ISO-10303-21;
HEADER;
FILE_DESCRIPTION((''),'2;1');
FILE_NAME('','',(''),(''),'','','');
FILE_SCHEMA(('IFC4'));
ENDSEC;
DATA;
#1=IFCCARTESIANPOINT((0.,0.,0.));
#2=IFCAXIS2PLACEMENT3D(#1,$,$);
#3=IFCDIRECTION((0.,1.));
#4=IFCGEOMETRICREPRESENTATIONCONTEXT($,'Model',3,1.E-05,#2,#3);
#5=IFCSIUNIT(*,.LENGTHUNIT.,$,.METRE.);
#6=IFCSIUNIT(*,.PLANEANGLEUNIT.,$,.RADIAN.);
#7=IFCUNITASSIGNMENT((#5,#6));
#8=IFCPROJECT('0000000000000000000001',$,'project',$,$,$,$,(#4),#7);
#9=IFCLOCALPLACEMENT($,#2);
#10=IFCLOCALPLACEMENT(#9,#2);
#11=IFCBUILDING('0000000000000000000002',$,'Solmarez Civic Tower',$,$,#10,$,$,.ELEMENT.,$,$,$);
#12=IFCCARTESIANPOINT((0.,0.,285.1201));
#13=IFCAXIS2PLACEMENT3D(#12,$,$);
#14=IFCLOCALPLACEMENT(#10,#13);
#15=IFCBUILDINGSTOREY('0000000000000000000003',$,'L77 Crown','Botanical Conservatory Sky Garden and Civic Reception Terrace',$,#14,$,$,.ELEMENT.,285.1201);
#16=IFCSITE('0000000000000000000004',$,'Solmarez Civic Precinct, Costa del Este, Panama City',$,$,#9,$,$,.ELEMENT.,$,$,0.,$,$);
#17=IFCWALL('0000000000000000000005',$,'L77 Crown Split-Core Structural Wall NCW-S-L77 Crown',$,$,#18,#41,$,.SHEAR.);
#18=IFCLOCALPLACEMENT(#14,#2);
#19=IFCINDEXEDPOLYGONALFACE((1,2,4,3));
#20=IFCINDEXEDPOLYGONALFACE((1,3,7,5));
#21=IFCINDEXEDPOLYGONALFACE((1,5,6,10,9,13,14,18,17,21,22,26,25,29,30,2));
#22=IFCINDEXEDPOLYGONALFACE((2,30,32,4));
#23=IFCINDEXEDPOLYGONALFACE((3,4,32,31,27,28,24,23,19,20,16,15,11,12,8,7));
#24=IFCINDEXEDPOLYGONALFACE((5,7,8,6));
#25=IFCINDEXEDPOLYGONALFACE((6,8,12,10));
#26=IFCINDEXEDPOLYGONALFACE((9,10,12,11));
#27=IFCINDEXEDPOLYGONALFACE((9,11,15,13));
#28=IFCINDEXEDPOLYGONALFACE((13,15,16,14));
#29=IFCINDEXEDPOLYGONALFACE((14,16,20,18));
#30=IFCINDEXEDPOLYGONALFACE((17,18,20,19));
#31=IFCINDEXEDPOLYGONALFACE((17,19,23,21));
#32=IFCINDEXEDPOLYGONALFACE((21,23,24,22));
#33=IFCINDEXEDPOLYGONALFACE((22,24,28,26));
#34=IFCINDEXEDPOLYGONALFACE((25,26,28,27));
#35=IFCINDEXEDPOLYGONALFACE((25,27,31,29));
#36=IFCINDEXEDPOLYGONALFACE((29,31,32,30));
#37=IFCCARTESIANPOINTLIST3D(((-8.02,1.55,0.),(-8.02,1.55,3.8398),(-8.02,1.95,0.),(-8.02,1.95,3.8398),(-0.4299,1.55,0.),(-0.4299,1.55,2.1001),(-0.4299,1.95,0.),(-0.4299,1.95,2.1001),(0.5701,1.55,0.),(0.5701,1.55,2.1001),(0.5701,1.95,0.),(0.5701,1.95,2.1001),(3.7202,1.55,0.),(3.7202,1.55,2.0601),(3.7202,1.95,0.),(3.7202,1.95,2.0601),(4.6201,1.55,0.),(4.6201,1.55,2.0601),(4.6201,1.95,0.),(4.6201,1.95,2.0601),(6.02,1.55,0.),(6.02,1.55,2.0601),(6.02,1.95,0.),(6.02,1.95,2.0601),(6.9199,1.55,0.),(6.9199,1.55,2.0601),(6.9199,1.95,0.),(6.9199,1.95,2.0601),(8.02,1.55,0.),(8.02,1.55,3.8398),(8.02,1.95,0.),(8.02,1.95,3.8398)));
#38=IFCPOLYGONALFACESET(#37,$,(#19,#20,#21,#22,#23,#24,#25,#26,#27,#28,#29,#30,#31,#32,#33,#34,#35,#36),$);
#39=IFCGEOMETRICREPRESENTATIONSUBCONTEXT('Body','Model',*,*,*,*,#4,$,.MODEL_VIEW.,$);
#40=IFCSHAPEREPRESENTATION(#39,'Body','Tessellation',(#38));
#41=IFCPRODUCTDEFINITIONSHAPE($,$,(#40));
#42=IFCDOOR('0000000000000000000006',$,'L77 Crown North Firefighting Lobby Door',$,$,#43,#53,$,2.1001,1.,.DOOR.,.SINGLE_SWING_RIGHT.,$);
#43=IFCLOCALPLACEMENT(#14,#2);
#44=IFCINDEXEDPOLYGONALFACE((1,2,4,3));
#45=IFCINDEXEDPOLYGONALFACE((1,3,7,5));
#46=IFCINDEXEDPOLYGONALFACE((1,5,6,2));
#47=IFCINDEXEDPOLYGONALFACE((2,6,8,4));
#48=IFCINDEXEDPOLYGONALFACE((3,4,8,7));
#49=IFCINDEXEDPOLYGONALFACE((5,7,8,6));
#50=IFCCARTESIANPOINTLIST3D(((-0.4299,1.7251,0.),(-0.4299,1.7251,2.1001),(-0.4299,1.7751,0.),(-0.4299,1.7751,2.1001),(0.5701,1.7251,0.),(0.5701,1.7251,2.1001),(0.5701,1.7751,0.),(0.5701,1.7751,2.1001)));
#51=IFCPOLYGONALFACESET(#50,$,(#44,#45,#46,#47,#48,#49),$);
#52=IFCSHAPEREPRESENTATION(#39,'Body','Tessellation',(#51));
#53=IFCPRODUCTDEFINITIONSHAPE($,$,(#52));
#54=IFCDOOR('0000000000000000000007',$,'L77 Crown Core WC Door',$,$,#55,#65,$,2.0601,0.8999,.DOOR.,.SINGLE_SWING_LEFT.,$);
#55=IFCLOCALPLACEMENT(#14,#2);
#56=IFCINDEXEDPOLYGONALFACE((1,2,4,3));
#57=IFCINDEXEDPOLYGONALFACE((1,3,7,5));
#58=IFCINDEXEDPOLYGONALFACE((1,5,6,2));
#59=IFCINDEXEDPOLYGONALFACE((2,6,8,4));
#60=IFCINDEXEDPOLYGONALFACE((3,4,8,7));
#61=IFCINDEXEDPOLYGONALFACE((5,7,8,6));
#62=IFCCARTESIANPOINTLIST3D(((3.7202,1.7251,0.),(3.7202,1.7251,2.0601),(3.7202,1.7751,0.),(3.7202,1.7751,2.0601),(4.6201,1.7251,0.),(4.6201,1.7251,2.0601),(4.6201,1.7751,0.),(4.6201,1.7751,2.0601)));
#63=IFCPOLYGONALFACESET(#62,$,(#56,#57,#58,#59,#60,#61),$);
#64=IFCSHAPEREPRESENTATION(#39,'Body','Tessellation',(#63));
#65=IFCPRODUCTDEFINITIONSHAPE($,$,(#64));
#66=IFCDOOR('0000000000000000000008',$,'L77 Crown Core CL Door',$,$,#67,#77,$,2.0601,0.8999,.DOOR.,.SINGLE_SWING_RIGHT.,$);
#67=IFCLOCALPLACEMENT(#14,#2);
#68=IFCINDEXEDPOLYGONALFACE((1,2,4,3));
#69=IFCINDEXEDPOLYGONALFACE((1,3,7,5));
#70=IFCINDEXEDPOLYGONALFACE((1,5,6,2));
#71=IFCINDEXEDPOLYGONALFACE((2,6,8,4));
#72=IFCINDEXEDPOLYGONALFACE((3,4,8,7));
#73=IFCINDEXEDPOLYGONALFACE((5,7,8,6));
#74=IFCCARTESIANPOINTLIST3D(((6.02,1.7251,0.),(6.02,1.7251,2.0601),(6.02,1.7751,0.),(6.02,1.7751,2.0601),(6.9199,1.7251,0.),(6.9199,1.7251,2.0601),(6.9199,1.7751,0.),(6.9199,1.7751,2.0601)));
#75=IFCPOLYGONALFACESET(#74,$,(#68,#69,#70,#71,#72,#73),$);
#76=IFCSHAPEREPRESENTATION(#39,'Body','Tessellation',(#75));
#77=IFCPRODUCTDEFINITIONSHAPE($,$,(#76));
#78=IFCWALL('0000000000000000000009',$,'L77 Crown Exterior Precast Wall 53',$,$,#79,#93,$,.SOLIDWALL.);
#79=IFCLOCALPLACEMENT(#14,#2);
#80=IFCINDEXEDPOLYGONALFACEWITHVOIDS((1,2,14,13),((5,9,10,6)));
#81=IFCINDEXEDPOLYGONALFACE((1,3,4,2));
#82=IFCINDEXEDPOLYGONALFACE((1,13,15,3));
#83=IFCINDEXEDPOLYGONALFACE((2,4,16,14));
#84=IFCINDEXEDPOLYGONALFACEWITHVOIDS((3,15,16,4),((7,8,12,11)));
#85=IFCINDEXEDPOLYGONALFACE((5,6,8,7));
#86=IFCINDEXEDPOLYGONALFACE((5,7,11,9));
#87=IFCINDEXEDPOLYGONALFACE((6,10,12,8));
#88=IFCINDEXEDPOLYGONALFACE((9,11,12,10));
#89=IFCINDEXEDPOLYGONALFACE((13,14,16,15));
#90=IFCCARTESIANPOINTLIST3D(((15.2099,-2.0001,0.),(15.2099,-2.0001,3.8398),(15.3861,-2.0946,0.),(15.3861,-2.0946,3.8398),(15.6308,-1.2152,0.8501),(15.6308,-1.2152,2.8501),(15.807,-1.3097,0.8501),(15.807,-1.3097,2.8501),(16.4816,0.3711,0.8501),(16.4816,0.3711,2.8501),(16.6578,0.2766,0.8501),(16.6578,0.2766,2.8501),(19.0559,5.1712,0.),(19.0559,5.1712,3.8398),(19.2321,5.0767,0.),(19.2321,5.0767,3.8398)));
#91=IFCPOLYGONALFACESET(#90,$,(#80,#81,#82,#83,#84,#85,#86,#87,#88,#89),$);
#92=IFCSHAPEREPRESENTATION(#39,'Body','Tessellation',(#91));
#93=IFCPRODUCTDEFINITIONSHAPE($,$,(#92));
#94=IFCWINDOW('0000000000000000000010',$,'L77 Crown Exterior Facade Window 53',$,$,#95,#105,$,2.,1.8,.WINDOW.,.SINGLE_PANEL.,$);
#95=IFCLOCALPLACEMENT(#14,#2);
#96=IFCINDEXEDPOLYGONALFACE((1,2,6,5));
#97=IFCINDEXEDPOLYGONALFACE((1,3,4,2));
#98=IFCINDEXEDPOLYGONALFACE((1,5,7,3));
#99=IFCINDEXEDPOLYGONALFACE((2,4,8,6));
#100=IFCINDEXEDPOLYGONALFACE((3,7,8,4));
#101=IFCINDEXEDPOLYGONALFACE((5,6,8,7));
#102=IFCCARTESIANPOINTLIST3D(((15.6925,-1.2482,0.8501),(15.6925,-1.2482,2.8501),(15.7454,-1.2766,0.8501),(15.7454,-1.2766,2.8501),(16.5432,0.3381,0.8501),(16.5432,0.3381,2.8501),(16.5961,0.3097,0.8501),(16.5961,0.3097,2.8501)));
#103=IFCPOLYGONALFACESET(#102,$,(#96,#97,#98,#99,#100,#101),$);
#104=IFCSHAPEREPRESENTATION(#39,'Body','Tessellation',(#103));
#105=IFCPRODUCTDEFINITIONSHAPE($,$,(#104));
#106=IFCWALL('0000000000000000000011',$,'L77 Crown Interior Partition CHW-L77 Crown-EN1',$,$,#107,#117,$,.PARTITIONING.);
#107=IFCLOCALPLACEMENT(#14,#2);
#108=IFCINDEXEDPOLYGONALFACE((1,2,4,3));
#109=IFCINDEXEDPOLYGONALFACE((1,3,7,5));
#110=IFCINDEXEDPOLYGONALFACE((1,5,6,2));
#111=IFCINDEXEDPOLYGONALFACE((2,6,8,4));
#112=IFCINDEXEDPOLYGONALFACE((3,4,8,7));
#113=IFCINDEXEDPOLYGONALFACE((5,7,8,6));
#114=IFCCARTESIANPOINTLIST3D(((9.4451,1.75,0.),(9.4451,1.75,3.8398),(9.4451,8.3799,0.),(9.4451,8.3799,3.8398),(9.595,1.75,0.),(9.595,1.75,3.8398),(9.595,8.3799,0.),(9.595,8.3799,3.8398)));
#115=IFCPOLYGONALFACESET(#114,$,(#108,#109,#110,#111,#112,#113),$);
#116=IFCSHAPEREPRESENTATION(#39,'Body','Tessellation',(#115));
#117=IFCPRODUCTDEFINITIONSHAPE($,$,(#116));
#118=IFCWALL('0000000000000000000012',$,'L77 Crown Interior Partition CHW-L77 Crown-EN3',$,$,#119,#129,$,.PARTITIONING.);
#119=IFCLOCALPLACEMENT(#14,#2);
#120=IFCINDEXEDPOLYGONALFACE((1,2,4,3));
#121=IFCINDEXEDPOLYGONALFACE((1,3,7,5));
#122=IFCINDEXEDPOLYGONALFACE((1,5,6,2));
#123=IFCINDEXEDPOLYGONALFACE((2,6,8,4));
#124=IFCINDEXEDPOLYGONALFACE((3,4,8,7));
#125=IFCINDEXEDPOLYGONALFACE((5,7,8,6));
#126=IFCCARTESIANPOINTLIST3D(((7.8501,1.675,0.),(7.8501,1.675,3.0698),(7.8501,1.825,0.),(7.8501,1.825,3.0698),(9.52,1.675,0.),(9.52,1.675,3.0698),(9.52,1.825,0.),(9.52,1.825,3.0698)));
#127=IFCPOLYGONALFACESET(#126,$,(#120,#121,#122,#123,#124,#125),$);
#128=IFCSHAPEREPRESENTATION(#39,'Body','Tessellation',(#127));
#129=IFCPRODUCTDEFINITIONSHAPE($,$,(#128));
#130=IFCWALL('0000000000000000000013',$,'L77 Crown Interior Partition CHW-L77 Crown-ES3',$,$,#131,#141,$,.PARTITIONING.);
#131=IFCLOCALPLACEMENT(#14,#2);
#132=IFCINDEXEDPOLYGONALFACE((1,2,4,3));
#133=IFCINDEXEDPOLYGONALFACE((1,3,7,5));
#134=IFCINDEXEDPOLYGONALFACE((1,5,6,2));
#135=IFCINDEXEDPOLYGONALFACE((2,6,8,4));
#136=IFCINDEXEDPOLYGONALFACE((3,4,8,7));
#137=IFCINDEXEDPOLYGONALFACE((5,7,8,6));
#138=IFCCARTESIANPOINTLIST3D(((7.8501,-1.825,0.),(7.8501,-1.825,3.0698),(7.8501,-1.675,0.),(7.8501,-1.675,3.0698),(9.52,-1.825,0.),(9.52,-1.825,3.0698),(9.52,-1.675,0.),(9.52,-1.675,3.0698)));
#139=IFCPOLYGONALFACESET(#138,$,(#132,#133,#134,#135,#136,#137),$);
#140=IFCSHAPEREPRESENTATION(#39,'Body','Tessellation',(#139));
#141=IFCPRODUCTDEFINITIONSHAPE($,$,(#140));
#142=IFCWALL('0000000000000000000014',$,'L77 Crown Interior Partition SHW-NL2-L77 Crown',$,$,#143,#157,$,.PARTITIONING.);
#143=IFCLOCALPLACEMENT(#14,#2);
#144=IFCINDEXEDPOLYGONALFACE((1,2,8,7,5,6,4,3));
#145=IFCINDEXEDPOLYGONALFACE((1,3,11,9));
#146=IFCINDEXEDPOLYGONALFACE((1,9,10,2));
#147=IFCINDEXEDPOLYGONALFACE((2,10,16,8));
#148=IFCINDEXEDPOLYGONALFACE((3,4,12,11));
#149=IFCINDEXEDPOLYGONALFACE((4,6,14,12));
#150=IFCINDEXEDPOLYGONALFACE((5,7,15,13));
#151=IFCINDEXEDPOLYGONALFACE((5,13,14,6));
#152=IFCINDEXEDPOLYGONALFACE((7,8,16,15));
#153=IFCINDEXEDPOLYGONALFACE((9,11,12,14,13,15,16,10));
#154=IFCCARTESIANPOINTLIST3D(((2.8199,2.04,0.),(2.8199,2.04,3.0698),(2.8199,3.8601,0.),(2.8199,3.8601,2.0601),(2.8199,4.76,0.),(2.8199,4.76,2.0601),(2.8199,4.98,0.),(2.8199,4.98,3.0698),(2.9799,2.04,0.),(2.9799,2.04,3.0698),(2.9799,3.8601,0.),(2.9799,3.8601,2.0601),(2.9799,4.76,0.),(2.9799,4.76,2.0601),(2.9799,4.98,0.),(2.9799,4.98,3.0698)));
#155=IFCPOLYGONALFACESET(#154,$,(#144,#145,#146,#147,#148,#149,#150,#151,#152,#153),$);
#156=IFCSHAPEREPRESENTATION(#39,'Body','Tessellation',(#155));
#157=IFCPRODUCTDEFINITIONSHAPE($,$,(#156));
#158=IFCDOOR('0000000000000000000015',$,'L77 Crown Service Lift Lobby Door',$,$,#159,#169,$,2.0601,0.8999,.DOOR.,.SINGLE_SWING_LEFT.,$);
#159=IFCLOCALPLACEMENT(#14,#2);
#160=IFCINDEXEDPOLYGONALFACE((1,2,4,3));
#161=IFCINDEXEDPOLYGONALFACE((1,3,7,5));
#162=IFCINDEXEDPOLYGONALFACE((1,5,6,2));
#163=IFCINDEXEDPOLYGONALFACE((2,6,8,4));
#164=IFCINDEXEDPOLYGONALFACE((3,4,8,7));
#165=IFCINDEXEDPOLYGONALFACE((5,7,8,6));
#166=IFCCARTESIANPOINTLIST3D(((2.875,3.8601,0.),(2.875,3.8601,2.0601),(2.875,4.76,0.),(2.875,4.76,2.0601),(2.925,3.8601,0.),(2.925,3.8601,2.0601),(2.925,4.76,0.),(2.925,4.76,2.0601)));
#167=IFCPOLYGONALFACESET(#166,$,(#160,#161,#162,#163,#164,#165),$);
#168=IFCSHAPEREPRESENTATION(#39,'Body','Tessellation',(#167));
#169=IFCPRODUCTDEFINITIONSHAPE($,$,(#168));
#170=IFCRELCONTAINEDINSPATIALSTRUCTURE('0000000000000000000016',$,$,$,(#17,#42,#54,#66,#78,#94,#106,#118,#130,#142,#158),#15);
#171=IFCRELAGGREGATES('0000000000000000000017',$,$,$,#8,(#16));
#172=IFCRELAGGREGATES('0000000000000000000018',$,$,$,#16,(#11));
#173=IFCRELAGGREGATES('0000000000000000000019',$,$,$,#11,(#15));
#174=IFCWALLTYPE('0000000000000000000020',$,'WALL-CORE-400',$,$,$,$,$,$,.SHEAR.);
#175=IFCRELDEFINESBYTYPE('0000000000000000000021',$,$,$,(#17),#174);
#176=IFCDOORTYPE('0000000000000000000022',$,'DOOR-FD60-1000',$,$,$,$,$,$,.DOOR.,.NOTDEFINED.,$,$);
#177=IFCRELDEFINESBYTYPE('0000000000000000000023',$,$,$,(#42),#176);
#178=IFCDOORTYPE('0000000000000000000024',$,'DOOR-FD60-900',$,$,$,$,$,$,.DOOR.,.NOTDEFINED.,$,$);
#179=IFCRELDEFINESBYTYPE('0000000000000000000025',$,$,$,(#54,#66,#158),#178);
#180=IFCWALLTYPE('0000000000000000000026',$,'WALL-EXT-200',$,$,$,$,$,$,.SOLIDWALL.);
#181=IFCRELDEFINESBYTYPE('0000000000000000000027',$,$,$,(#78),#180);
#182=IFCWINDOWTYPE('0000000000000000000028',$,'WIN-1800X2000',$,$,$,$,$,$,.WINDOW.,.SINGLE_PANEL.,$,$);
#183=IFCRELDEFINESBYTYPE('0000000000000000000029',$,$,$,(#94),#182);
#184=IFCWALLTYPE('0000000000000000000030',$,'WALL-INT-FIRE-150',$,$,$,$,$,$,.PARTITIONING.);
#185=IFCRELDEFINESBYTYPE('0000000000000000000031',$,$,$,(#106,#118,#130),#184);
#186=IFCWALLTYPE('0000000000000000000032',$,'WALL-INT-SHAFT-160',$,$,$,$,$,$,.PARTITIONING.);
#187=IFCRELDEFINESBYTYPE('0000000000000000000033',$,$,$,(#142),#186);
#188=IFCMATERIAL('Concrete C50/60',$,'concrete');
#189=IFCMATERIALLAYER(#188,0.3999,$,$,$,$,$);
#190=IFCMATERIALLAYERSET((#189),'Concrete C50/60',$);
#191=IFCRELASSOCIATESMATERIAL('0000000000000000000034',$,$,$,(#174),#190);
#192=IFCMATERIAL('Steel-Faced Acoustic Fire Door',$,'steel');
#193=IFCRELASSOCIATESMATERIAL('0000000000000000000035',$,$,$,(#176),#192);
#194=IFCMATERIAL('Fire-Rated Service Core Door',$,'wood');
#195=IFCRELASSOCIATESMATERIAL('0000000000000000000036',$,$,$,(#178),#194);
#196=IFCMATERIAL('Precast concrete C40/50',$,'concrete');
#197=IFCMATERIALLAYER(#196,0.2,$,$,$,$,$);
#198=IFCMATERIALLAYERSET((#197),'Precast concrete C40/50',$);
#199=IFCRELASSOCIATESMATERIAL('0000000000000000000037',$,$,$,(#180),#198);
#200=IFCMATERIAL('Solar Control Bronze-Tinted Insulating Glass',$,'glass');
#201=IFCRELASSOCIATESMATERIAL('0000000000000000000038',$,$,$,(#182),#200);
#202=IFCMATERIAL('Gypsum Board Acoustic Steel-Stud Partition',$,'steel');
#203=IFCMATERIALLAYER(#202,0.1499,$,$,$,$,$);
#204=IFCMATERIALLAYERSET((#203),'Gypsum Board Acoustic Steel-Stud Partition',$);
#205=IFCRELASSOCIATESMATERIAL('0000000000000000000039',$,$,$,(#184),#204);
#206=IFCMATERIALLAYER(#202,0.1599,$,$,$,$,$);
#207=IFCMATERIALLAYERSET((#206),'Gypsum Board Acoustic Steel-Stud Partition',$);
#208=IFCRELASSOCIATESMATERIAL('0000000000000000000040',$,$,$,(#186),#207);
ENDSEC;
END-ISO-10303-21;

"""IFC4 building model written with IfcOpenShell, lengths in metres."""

from ifc_helpers import new_model, si_unit, direction, frame, frame_2d, origin, place, context, subcontext, project, spatial, rectangle, extrude, material, layer, layer_set, type_object, element, fill, save


model = new_model("IFC4")

# Units and contexts
model_context = context("Model", 3, precision=1e-05, world=origin(), true_north=direction((0.0, 1.0)))
body_context = subcontext(model_context, "Body", "Model", "MODEL_VIEW")
ifc_project = project(units=[si_unit("LENGTHUNIT", "METRE"), si_unit("PLANEANGLEUNIT", "RADIAN")], contexts=[model_context])

# Site, building, storey
site_placement = place(None, origin())
site = spatial("IfcSite", under=ifc_project, at=site_placement, Name="Solmarez Civic Precinct, Costa del Este, Panama City", CompositionType="ELEMENT", RefElevation=0.0)
building_placement = place(site_placement, origin())
building = spatial("IfcBuilding", under=site, at=building_placement, Name="Solmarez Civic Tower", CompositionType="ELEMENT")
storey_placement = place(building_placement, frame((0.0, 0.0, 285.1201)))
storey = spatial("IfcBuildingStorey", under=building, at=storey_placement, Name="L77 Crown", Description="Botanical Conservatory Sky Garden and Civic Reception Terrace", CompositionType="ELEMENT", Elevation=285.1201)

# Shared definitions
ifc_material_1 = material(Name="Concrete C50/60", Category="concrete")

# Wall, openings, doors
ifc_layer_1 = layer(ifc_material_1, 0.3999)
ifc_layer_set_1 = layer_set([ifc_layer_1], Name="Concrete C50/60")
wall_type_1 = type_object("IfcWallType", Name="WALL-CORE-400", PredefinedType="SHEAR", material=ifc_layer_set_1)
wall_1_placement = place(storey_placement, frame((8.02, 1.75, 0.0), z_axis=(0.0, 0.0, 1.0), x_axis=(-1.0, 0.0, 0.0)))
wall_1 = element("IfcWall", 1, at=wall_1_placement, inside=storey, type_object=wall_type_1, Name="L77 Crown Split-Core Structural Wall NCW-S-L77 Crown", PredefinedType="SHEAR", context=body_context, shape_type="SweptSolid", body=[
    extrude(rectangle(XDim=16.04, YDim=0.3999, at=frame_2d((8.02, 0.0))), origin(), (0.0, 0.0, 1.0), 3.8398),
])
opening_1_placement = place(wall_1_placement, frame((7.45, 0.0, 0.0)))
opening_1 = element("IfcOpeningElement", 2, at=opening_1_placement, cuts=wall_1, PredefinedType="OPENING", context=body_context, shape_type="SweptSolid", body=[
    extrude(rectangle(XDim=1.0, YDim=2.1001, at=frame_2d((0.5, 1.05))), frame((0.0, 0.21, 0.0), z_axis=(0.0, -1.0, 0.0), x_axis=(1.0, 0.0, 0.0)), (0.0, 0.0, 1.0), 0.4199),
])
opening_2_placement = place(wall_1_placement, frame((3.3999, 0.0, 0.0)))
opening_2 = element("IfcOpeningElement", 3, at=opening_2_placement, cuts=wall_1, PredefinedType="OPENING", context=body_context, shape_type="SweptSolid", body=[
    extrude(rectangle(XDim=0.8999, YDim=2.0601, at=frame_2d((0.45, 1.03))), frame((0.0, 0.21, 0.0), z_axis=(0.0, -1.0, 0.0), x_axis=(1.0, 0.0, 0.0)), (0.0, 0.0, 1.0), 0.4199),
])
opening_3_placement = place(wall_1_placement, frame((1.1001, 0.0, 0.0)))
opening_3 = element("IfcOpeningElement", 4, at=opening_3_placement, cuts=wall_1, PredefinedType="OPENING", context=body_context, shape_type="SweptSolid", body=[
    extrude(rectangle(XDim=0.8999, YDim=2.0601, at=frame_2d((0.45, 1.03))), frame((0.0, 0.21, 0.0), z_axis=(0.0, -1.0, 0.0), x_axis=(1.0, 0.0, 0.0)), (0.0, 0.0, 1.0), 0.4199),
])
ifc_material_2 = material(Name="Steel-Faced Acoustic Fire Door", Category="steel")
door_type_1 = type_object("IfcDoorType", Name="DOOR-FD60-1000", OperationType="NOTDEFINED", PredefinedType="DOOR", material=ifc_material_2)
door_1_placement = place(opening_1_placement, origin())
door_1 = element("IfcDoor", 5, at=door_1_placement, inside=storey, type_object=door_type_1, Name="L77 Crown North Firefighting Lobby Door", OperationType="SINGLE_SWING_RIGHT", OverallHeight=2.1001, OverallWidth=1.0, PredefinedType="DOOR", context=body_context, shape_type="SweptSolid", body=[
    extrude(rectangle(XDim=1.0, YDim=2.1001, at=frame_2d((0.5, 1.05))), frame((0.0, 0.0249, 0.0), z_axis=(0.0, -1.0, 0.0), x_axis=(1.0, 0.0, 0.0)), (0.0, 0.0, 1.0), 0.05),
])
fill(opening_1, door_1)
ifc_material_3 = material(Name="Fire-Rated Service Core Door", Category="wood")
door_type_2 = type_object("IfcDoorType", Name="DOOR-FD60-900", OperationType="NOTDEFINED", PredefinedType="DOOR", material=ifc_material_3)
door_2_placement = place(opening_2_placement, origin())
door_2 = element("IfcDoor", 6, at=door_2_placement, inside=storey, type_object=door_type_2, Name="L77 Crown Core WC Door", OperationType="SINGLE_SWING_LEFT", OverallHeight=2.0601, OverallWidth=0.8999, PredefinedType="DOOR", context=body_context, shape_type="SweptSolid", body=[
    extrude(rectangle(XDim=0.8999, YDim=2.0601, at=frame_2d((0.45, 1.03))), frame((0.0, 0.0249, 0.0), z_axis=(0.0, -1.0, 0.0), x_axis=(1.0, 0.0, 0.0)), (0.0, 0.0, 1.0), 0.05),
])
fill(opening_2, door_2)
door_3_placement = place(opening_3_placement, origin())
door_3 = element("IfcDoor", 7, at=door_3_placement, inside=storey, type_object=door_type_2, Name="L77 Crown Core CL Door", OperationType="SINGLE_SWING_RIGHT", OverallHeight=2.0601, OverallWidth=0.8999, PredefinedType="DOOR", context=body_context, shape_type="SweptSolid", body=[
    extrude(rectangle(XDim=0.8999, YDim=2.0601, at=frame_2d((0.45, 1.03))), frame((0.0, 0.0249, 0.0), z_axis=(0.0, -1.0, 0.0), x_axis=(1.0, 0.0, 0.0)), (0.0, 0.0, 1.0), 0.05),
])
fill(opening_3, door_3)

# Wall, opening, window
ifc_material_4 = material(Name="Precast concrete C40/50", Category="concrete")
ifc_layer_2 = layer(ifc_material_4, 0.2)
ifc_layer_set_2 = layer_set([ifc_layer_2], Name="Precast concrete C40/50")
wall_type_2 = type_object("IfcWallType", Name="WALL-EXT-200", PredefinedType="SOLIDWALL", material=ifc_layer_set_2)
wall_2_placement = place(storey_placement, frame((19.144, 5.124, 0.0), z_axis=(0.0, 0.0, 1.0), x_axis=(-0.472628, -0.881262, 0.0)))
wall_2 = element("IfcWall", 8, at=wall_2_placement, inside=storey, type_object=wall_type_2, Name="L77 Crown Exterior Precast Wall 53", PredefinedType="SOLIDWALL", context=body_context, shape_type="SweptSolid", body=[
    extrude(rectangle(XDim=8.1375, YDim=0.2, at=frame_2d((4.0688, 0.0))), origin(), (0.0, 0.0, 1.0), 3.8398),
])
opening_4_placement = place(wall_2_placement, frame((5.447, 0.0, 0.8501)))
opening_4 = element("IfcOpeningElement", 9, at=opening_4_placement, cuts=wall_2, PredefinedType="OPENING", context=body_context, shape_type="SweptSolid", body=[
    extrude(rectangle(XDim=1.8, YDim=2.0, at=frame_2d((0.8999, 1.0))), frame((0.0, 0.1099, 0.0), z_axis=(0.0, -1.0, 0.0), x_axis=(1.0, 0.0, 0.0)), (0.0, 0.0, 1.0), 0.22),
])
ifc_material_5 = material(Name="Solar Control Bronze-Tinted Insulating Glass", Category="glass")
window_type = type_object("IfcWindowType", Name="WIN-1800X2000", PartitioningType="SINGLE_PANEL", PredefinedType="WINDOW", material=ifc_material_5)
window_placement = place(opening_4_placement, origin())
window = element("IfcWindow", 10, at=window_placement, inside=storey, type_object=window_type, Name="L77 Crown Exterior Facade Window 53", OverallHeight=2.0, OverallWidth=1.8, PartitioningType="SINGLE_PANEL", PredefinedType="WINDOW", context=body_context, shape_type="SweptSolid", body=[
    extrude(rectangle(XDim=1.8, YDim=2.0, at=frame_2d((0.8999, 1.0))), frame((0.0, 0.03, 0.0), z_axis=(0.0, -1.0, 0.0), x_axis=(1.0, 0.0, 0.0)), (0.0, 0.0, 1.0), 0.0601),
])
fill(opening_4, window)

# Walls
ifc_material_6 = material(Name="Gypsum Board Acoustic Steel-Stud Partition", Category="steel")
ifc_layer_3 = layer(ifc_material_6, 0.1499)
ifc_layer_set_3 = layer_set([ifc_layer_3], Name="Gypsum Board Acoustic Steel-Stud Partition")
wall_type_3 = type_object("IfcWallType", Name="WALL-INT-FIRE-150", PredefinedType="PARTITIONING", material=ifc_layer_set_3)
wall_3_placement = place(storey_placement, frame((9.52, 1.75, 0.0), z_axis=(0.0, 0.0, 1.0), x_axis=(0.0, 1.0, 0.0)))
element("IfcWall", 11, at=wall_3_placement, inside=storey, type_object=wall_type_3, Name="L77 Crown Interior Partition CHW-L77 Crown-EN1", PredefinedType="PARTITIONING", context=body_context, shape_type="SweptSolid", body=[
    extrude(rectangle(XDim=6.6299, YDim=0.1499, at=frame_2d((3.3149, 0.0))), origin(), (0.0, 0.0, 1.0), 3.8398),
])
for number, where, z_axis, x_axis, name in (
    (12, (7.8501, 1.75, 0.0), (0.0, 0.0, 1.0), (1.0, 0.0, 0.0), "L77 Crown Interior Partition CHW-L77 Crown-EN3"),
    (13, (7.8501, -1.75, 0.0), (0.0, 0.0, 1.0), (1.0, 0.0, 0.0), "L77 Crown Interior Partition CHW-L77 Crown-ES3"),
):
    element("IfcWall", number, at=place(storey_placement, frame(where, z_axis=z_axis, x_axis=x_axis)), inside=storey, type_object=wall_type_3, Name=name, PredefinedType="PARTITIONING", context=body_context, shape_type="SweptSolid", body=[
        extrude(rectangle(XDim=1.6699, YDim=0.1499, at=frame_2d((0.835, 0.0))), origin(), (0.0, 0.0, 1.0), 3.0698),
    ])

# Wall, opening, door
ifc_layer_4 = layer(ifc_material_6, 0.1599)
ifc_layer_set_4 = layer_set([ifc_layer_4], Name="Gypsum Board Acoustic Steel-Stud Partition")
wall_type_4 = type_object("IfcWallType", Name="WALL-INT-SHAFT-160", PredefinedType="PARTITIONING", material=ifc_layer_set_4)
wall_4_placement = place(storey_placement, frame((2.8999, 2.04, 0.0), z_axis=(0.0, 0.0, 1.0), x_axis=(0.0, 1.0, 0.0)))
wall_4 = element("IfcWall", 14, at=wall_4_placement, inside=storey, type_object=wall_type_4, Name="L77 Crown Interior Partition SHW-NL2-L77 Crown", PredefinedType="PARTITIONING", context=body_context, shape_type="SweptSolid", body=[
    extrude(rectangle(XDim=2.9399, YDim=0.1599, at=frame_2d((1.47, 0.0))), origin(), (0.0, 0.0, 1.0), 3.0698),
])
opening_5_placement = place(wall_4_placement, frame((1.8201, 0.0, 0.0)))
opening_5 = element("IfcOpeningElement", 15, at=opening_5_placement, cuts=wall_4, PredefinedType="OPENING", context=body_context, shape_type="SweptSolid", body=[
    extrude(rectangle(XDim=0.8999, YDim=2.0601, at=frame_2d((0.45, 1.03))), frame((0.0, 0.0898, 0.0), z_axis=(0.0, -1.0, 0.0), x_axis=(1.0, 0.0, 0.0)), (0.0, 0.0, 1.0), 0.1799),
])
door_4_placement = place(opening_5_placement, origin())
door_4 = element("IfcDoor", 16, at=door_4_placement, inside=storey, type_object=door_type_2, Name="L77 Crown Service Lift Lobby Door", OperationType="SINGLE_SWING_LEFT", OverallHeight=2.0601, OverallWidth=0.8999, PredefinedType="DOOR", context=body_context, shape_type="SweptSolid", body=[
    extrude(rectangle(XDim=0.8999, YDim=2.0601, at=frame_2d((0.45, 1.03))), frame((0.0, 0.0249, 0.0), z_axis=(0.0, -1.0, 0.0), x_axis=(1.0, 0.0, 0.0)), (0.0, 0.0, 1.0), 0.05),
])
fill(opening_5, door_4)

save(model, "model.ifc")
